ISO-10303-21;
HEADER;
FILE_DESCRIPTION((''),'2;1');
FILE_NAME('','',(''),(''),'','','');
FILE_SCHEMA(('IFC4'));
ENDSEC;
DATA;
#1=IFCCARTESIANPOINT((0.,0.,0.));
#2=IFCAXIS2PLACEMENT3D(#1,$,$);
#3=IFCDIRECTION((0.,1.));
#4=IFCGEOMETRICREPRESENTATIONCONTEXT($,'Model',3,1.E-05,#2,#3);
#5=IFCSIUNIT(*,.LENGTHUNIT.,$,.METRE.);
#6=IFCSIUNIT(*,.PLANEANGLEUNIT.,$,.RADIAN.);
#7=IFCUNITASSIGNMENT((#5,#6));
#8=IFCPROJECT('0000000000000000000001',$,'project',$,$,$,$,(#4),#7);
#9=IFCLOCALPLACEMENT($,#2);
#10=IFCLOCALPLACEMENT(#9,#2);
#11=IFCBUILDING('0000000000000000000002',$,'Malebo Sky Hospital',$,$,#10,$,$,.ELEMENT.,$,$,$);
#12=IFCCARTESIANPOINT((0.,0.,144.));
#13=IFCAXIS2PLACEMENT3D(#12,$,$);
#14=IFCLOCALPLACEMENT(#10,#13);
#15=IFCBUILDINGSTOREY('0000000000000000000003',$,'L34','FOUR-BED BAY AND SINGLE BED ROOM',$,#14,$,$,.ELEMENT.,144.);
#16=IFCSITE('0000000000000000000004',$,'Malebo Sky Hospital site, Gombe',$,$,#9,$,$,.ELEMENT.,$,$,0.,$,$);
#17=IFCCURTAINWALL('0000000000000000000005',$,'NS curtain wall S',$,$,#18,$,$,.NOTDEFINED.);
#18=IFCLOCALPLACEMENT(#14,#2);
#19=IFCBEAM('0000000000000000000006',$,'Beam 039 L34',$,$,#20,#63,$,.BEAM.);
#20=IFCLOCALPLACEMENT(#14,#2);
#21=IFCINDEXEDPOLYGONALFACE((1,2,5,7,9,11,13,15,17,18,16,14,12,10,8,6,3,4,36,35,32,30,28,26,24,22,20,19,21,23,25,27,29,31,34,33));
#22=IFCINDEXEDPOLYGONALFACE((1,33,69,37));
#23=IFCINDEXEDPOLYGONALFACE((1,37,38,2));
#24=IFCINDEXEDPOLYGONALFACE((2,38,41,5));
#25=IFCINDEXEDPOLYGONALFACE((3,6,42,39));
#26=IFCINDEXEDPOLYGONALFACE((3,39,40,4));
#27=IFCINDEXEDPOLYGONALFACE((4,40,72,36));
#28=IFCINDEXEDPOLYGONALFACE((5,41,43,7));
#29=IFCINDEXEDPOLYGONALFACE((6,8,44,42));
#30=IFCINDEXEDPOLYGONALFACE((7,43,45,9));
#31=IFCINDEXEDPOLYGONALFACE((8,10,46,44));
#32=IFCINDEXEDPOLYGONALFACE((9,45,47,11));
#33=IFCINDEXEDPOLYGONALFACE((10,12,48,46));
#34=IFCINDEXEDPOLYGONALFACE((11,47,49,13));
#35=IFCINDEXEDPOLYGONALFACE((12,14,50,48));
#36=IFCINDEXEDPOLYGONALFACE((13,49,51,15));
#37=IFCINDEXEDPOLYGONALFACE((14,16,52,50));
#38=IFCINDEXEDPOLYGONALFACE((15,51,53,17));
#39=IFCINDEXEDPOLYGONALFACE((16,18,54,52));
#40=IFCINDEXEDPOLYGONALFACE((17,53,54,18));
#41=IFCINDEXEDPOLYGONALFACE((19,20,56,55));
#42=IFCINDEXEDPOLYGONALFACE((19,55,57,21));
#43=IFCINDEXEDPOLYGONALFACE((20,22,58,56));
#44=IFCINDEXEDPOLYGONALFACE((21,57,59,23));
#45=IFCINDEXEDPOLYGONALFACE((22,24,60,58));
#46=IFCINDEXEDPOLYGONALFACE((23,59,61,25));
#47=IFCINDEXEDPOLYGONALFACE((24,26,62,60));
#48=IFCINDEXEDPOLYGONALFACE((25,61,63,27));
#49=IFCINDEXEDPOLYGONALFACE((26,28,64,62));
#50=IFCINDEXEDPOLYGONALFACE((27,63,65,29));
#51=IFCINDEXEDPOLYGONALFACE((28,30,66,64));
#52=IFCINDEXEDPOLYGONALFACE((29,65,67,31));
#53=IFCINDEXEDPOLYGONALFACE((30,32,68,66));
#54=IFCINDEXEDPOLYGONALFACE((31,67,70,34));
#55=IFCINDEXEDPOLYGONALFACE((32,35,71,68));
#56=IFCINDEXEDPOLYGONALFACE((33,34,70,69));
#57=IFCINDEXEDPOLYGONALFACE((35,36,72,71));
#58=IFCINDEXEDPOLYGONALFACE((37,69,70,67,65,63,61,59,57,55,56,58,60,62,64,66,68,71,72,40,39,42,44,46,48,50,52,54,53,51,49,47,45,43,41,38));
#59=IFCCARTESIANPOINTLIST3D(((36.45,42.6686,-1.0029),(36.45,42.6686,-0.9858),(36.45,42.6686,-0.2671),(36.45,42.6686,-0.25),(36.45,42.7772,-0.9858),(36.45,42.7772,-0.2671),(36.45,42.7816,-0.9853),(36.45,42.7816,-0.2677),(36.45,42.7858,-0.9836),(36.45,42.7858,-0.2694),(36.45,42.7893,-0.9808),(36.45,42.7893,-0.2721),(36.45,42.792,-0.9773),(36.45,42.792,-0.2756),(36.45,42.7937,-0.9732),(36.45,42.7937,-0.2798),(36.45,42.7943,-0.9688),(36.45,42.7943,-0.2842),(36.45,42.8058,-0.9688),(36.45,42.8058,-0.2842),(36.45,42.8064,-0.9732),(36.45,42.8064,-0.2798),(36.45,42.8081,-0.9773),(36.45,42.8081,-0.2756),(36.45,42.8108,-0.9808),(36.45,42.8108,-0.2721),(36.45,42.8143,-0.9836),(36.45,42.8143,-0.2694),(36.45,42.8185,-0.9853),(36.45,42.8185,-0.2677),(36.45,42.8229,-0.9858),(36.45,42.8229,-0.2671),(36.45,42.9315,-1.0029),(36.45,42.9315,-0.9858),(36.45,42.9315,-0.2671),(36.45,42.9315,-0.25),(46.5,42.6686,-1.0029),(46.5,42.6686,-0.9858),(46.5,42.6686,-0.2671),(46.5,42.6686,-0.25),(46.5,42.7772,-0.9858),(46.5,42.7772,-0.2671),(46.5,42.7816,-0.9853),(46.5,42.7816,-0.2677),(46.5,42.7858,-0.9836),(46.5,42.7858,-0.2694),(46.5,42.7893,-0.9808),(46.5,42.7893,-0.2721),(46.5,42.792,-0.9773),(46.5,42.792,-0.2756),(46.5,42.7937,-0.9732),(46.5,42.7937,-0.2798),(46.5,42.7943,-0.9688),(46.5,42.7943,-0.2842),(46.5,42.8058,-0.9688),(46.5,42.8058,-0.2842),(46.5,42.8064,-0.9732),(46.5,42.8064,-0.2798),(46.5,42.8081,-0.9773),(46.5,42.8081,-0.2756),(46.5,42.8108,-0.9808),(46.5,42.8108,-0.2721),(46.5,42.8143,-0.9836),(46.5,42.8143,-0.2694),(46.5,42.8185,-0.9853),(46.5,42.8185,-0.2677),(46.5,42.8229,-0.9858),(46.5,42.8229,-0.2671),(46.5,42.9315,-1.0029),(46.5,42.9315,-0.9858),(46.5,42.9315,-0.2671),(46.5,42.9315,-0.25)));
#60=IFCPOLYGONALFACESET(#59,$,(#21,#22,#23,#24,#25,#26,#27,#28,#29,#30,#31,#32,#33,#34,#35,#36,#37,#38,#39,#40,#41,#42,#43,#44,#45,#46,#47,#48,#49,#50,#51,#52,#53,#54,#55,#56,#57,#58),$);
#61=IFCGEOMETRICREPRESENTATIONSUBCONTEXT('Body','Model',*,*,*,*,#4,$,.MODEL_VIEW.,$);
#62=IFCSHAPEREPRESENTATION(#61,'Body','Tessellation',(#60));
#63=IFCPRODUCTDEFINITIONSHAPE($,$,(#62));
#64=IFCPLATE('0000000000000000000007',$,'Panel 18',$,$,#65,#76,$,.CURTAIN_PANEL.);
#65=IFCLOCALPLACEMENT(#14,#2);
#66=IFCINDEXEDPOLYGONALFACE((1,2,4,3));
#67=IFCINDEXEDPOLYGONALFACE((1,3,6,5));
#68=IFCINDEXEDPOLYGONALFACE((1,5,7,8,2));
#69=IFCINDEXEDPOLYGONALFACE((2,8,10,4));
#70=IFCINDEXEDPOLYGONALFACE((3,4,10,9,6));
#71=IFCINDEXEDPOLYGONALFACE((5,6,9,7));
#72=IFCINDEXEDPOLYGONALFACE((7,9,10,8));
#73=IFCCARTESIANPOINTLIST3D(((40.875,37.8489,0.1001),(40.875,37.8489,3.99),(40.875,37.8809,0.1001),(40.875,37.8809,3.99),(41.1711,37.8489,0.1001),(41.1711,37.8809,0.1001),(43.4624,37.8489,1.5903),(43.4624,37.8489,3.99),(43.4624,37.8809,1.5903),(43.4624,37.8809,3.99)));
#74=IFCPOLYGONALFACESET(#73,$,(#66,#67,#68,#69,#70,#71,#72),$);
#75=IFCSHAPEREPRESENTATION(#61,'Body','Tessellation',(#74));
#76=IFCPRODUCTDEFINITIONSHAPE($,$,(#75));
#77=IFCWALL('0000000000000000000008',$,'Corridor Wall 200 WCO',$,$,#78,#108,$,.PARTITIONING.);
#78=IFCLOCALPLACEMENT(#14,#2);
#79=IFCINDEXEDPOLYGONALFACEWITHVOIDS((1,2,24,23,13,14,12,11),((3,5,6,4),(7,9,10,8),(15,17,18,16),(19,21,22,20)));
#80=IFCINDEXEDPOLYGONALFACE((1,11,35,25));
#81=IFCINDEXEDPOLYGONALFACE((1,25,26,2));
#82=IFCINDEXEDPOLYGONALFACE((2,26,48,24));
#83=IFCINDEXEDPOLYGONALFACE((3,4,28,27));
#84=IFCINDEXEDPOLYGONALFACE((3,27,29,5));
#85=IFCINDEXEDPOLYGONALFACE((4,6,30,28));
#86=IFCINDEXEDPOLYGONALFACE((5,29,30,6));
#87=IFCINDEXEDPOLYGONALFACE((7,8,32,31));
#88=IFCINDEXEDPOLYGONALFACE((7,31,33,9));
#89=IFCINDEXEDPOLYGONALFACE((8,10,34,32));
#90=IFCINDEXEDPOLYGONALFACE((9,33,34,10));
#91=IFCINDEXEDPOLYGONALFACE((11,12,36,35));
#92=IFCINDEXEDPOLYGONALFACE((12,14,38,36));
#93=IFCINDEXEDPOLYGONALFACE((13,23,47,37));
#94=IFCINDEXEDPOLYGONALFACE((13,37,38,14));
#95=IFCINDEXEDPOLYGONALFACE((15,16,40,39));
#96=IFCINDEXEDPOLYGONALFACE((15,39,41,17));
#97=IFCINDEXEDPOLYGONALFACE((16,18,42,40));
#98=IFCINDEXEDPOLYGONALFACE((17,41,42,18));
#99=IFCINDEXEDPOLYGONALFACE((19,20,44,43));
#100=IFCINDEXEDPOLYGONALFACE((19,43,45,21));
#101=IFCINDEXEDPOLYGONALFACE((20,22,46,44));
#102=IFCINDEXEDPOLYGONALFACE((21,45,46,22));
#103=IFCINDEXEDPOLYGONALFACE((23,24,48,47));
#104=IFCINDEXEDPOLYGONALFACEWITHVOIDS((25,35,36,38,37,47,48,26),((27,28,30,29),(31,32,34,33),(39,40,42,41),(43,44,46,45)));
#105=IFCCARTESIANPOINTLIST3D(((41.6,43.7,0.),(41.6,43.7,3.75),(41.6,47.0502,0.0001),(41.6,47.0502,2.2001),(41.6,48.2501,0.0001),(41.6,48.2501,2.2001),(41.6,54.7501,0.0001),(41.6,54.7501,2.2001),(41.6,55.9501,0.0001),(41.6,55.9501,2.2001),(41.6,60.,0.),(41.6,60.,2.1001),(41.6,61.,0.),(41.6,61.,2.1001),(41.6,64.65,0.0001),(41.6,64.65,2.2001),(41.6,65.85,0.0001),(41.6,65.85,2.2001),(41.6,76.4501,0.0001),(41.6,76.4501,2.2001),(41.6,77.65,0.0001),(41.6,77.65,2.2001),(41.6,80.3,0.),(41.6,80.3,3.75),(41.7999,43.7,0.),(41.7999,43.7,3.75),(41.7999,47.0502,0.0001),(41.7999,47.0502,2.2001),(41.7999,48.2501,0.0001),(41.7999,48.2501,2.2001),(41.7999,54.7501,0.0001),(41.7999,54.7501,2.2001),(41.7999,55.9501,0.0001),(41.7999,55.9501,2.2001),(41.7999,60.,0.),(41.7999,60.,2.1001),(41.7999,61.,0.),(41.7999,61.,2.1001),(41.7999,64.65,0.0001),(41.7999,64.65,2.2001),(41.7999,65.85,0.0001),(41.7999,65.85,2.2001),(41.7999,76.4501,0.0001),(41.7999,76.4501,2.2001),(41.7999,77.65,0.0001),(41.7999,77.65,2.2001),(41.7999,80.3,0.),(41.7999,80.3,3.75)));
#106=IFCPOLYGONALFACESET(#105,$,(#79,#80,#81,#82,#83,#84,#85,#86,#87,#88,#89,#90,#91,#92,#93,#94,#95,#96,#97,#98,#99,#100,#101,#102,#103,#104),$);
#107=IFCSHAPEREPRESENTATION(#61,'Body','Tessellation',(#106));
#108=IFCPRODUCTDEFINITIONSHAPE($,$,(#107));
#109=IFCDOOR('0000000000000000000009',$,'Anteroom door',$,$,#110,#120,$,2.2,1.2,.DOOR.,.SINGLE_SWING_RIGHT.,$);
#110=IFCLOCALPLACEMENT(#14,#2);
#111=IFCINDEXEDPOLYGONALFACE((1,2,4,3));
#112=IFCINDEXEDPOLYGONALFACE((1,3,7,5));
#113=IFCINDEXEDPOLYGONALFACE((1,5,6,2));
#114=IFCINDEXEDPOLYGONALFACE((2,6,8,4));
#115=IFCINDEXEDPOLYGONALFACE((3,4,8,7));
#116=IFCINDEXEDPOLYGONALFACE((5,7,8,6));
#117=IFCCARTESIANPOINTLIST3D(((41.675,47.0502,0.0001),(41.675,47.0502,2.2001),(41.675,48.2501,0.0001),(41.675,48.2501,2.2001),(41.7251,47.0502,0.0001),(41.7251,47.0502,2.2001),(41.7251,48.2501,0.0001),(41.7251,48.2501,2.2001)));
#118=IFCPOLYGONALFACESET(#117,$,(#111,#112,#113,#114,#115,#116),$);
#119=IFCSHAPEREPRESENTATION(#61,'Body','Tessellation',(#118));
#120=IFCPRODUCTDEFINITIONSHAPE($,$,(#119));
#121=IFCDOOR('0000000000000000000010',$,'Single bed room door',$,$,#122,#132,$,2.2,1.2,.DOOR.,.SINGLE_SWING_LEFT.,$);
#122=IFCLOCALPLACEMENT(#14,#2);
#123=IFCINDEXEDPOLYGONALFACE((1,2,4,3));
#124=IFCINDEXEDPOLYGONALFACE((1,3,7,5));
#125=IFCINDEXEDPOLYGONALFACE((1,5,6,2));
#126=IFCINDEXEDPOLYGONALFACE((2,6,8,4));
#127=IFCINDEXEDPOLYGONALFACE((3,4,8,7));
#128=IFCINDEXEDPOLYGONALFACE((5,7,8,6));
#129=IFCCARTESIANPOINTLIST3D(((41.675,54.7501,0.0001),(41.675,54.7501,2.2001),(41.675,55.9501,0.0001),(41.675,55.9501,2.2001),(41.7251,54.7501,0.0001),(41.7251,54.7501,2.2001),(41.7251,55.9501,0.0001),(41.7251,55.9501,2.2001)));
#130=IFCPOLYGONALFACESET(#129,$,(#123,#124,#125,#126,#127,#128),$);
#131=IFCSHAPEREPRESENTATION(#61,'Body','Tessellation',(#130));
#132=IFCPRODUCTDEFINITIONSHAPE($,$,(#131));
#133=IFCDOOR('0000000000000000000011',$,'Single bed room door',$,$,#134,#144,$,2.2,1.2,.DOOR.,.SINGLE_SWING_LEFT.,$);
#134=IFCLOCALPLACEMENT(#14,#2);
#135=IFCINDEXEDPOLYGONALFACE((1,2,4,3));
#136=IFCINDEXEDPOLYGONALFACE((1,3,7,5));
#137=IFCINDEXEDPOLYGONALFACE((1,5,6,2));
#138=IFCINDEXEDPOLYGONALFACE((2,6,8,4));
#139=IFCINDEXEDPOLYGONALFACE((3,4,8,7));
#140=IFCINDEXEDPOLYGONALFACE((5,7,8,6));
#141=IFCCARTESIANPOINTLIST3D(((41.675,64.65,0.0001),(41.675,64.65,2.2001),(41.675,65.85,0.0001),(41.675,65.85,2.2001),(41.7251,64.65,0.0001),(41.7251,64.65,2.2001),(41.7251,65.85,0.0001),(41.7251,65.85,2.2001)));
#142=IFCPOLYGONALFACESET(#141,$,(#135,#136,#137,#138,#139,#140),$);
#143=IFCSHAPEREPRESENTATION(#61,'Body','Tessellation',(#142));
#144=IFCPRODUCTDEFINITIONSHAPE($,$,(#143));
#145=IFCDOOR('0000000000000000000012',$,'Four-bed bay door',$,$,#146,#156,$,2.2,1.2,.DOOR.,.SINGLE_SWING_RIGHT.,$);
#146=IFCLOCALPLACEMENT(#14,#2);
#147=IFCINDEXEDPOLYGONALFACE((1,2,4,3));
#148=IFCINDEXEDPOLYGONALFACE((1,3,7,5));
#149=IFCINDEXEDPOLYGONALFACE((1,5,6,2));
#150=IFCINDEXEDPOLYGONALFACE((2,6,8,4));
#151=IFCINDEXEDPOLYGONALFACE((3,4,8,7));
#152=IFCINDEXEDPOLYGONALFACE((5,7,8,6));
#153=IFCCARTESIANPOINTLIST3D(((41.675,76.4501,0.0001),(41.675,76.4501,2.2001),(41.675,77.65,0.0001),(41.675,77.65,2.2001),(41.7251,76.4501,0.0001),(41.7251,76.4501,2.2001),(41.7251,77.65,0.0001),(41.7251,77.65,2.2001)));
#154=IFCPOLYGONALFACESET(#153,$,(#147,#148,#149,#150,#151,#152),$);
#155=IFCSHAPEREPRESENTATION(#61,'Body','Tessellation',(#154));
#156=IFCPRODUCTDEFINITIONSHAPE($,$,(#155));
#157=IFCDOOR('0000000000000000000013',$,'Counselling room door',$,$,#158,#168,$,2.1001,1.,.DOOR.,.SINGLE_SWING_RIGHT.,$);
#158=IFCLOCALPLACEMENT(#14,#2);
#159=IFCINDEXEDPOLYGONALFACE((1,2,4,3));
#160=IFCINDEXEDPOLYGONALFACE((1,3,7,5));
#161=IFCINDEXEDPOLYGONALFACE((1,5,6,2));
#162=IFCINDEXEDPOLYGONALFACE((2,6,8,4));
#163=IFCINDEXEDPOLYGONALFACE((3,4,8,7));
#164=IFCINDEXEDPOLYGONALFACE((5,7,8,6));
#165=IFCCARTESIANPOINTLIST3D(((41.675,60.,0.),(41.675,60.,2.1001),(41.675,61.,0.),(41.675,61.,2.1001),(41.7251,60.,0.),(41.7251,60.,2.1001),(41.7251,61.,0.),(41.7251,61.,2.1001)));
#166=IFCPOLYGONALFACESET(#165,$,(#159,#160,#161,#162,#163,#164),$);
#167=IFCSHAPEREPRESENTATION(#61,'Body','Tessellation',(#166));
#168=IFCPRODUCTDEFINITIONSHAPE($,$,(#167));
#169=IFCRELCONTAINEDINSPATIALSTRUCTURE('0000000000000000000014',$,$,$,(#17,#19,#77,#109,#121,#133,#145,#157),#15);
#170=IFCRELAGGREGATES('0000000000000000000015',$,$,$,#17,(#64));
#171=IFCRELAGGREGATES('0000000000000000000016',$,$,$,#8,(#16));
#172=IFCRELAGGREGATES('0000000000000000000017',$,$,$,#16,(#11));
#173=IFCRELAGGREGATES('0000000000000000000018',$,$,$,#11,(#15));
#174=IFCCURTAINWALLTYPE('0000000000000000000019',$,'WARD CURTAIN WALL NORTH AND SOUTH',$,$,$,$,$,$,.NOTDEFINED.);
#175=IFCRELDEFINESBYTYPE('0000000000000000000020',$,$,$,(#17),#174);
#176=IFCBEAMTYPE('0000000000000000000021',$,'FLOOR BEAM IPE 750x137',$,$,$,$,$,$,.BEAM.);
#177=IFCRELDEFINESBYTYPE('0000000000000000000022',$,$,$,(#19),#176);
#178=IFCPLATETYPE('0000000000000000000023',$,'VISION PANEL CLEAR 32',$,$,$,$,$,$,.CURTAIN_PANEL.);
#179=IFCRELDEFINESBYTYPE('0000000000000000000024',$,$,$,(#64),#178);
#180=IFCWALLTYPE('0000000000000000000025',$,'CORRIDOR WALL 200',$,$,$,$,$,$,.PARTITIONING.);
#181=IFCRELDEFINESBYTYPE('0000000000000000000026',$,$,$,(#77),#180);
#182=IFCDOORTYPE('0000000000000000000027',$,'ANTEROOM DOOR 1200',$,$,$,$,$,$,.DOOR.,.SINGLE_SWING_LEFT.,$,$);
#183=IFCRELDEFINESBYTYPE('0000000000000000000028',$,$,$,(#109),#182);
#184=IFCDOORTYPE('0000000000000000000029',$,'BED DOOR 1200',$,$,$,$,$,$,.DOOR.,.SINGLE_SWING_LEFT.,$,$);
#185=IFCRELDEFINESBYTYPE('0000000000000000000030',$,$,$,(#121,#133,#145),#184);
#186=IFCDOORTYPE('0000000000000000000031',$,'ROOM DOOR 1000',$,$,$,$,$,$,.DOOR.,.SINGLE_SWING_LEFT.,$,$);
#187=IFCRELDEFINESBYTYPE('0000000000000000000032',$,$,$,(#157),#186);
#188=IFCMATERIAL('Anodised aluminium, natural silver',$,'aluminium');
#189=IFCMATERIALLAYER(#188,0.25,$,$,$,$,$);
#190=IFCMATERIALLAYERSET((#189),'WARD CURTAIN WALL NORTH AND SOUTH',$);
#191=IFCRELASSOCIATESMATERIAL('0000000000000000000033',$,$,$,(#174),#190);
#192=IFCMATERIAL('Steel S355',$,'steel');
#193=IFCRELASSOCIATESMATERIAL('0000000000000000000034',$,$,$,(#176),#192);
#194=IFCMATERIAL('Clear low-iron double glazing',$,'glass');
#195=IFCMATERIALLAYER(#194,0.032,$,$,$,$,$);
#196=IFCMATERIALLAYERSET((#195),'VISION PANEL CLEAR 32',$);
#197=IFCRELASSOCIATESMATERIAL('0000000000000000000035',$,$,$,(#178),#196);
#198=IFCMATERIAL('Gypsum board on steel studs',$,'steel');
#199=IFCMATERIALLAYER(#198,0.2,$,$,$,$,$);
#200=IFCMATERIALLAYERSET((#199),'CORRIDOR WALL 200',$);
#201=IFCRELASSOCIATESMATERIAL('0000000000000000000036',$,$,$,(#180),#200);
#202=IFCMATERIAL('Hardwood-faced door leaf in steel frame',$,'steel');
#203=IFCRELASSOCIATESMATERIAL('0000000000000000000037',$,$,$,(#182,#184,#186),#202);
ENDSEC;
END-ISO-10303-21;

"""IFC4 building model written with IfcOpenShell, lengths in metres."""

from ifc_helpers import new_model, si_unit, direction, frame, frame_2d, origin, origin_2d, place, context, subcontext, project, spatial, polyline, rectangle, i_section, outline, extrude, material, layer, layer_set, material_profile, profile_set, type_object, element, fill, aggregate, save


model = new_model("IFC4")

# Units and contexts
model_context = context("Model", 3, precision=1e-05, world=origin(), true_north=direction((0.0, 1.0)))
body_context = subcontext(model_context, "Body", "Model", "MODEL_VIEW")
ifc_project = project(units=[si_unit("LENGTHUNIT", "METRE"), si_unit("PLANEANGLEUNIT", "RADIAN")], contexts=[model_context])

# Site, building, storey
site_placement = place(None, origin())
site = spatial("IfcSite", under=ifc_project, at=site_placement, Name="Malebo Sky Hospital site, Gombe", CompositionType="ELEMENT", RefElevation=0.0)
building_placement = place(site_placement, origin())
building = spatial("IfcBuilding", under=site, at=building_placement, Name="Malebo Sky Hospital", CompositionType="ELEMENT")
storey_placement = place(building_placement, frame((0.0, 0.0, 144.0)))
storey = spatial("IfcBuildingStorey", under=building, at=storey_placement, Name="L34", Description="FOUR-BED BAY AND SINGLE BED ROOM", CompositionType="ELEMENT", Elevation=144.0)

# Curtain wall
ifc_material_1 = material(Name="Anodised aluminium, natural silver", Category="aluminium")
ifc_layer_1 = layer(ifc_material_1, 0.25)
ifc_layer_set_1 = layer_set([ifc_layer_1], Name="WARD CURTAIN WALL NORTH AND SOUTH")
curtain_wall_type = type_object("IfcCurtainWallType", Name="WARD CURTAIN WALL NORTH AND SOUTH", PredefinedType="NOTDEFINED", material=ifc_layer_set_1)
curtain_wall_placement = place(storey_placement, origin())
curtain_wall = element("IfcCurtainWall", 1, at=curtain_wall_placement, inside=storey, type_object=curtain_wall_type, Name="NS curtain wall S", PredefinedType="NOTDEFINED")

# Shared definitions
ifc_material_2 = material(Name="Steel S355", Category="steel")

# Beam
ifc_material_profile_1 = material_profile(ifc_material_2, i_section(OverallWidth=0.2629, OverallDepth=0.7529, WebThickness=0.0115, FlangeThickness=0.0171, FilletRadius=0.0171, at=origin_2d()), Name="IPE 750x137")
ifc_profile_set_1 = profile_set([ifc_material_profile_1], Name="Steel S355")
beam_type_1 = type_object("IfcBeamType", Name="FLOOR BEAM IPE 750x137", PredefinedType="BEAM", material=ifc_profile_set_1)
for number, where, z_axis, x_axis, name in (
    (2, (36.45, 42.8, -0.6265), (1.0, 0.0, 0.0), (0.0, 1.0, 0.0), "Beam 039 L34"),
):
    element("IfcBeam", number, at=place(storey_placement, frame(where, z_axis=z_axis, x_axis=x_axis)), inside=storey, type_object=beam_type_1, Name=name, PredefinedType="BEAM", context=body_context, shape_type="SweptSolid", body=[
        extrude(i_section(OverallWidth=0.2629, OverallDepth=0.7529, WebThickness=0.0115, FlangeThickness=0.0171, FilletRadius=0.0171, at=origin_2d()), origin(), (0.0, 0.0, 1.0), 10.05),
    ])

# Plate
ifc_material_3 = material(Name="Clear low-iron double glazing", Category="glass")
ifc_layer_2 = layer(ifc_material_3, 0.032)
ifc_layer_set_2 = layer_set([ifc_layer_2], Name="VISION PANEL CLEAR 32")
plate_type = type_object("IfcPlateType", Name="VISION PANEL CLEAR 32", PredefinedType="CURTAIN_PANEL", material=ifc_layer_set_2)
plate_placement = place(storey_placement, frame((42.1687, 37.865, 0.1001), z_axis=(0.0, 0.0, 1.0), x_axis=(-1.0, 0.0, 0.0)))
plate = element("IfcPlate", 3, at=plate_placement, type_object=plate_type, Name="Panel 18", PredefinedType="CURTAIN_PANEL", context=body_context, shape_type="SweptSolid", body=[
    extrude(outline(polyline([(0.9976, 0.0), (1.2937, 0.0), (1.2937, 3.8899), (-1.2937, 3.8899), (-1.2937, 1.4902), (0.9976, 0.0)])), frame((0.0, 0.0161, 0.0), z_axis=(0.0, -1.0, 0.0), x_axis=(1.0, 0.0, 0.0)), (0.0, 0.0, 1.0), 0.032),
])
aggregate(curtain_wall, [plate])

# Wall, openings, doors
ifc_material_4 = material(Name="Gypsum board on steel studs", Category="steel")
ifc_layer_3 = layer(ifc_material_4, 0.2)
ifc_layer_set_3 = layer_set([ifc_layer_3], Name="CORRIDOR WALL 200")
wall_type_1 = type_object("IfcWallType", Name="CORRIDOR WALL 200", PredefinedType="PARTITIONING", material=ifc_layer_set_3)
wall_1_placement = place(storey_placement, frame((41.7, 43.7, 0.0), z_axis=(0.0, 0.0, 1.0), x_axis=(0.0, 1.0, 0.0)))
wall_1 = element("IfcWall", 4, at=wall_1_placement, inside=storey, type_object=wall_type_1, Name="Corridor Wall 200 WCO", PredefinedType="PARTITIONING", context=body_context, shape_type="SweptSolid", body=[
    extrude(rectangle(XDim=36.6001, YDim=0.2, at=frame_2d((18.3, 0.0))), origin(), (0.0, 0.0, 1.0), 3.75),
])
opening_1_placement = place(wall_1_placement, frame((3.3501, 0.0, 0.0)))
opening_1 = element("IfcOpeningElement", 5, at=opening_1_placement, cuts=wall_1, PredefinedType="OPENING", context=body_context, shape_type="SweptSolid", body=[
    extrude(rectangle(XDim=1.2, YDim=2.2, at=frame_2d((0.6001, 1.1001))), frame((0.0, 0.1099, 0.0), z_axis=(0.0, -1.0, 0.0), x_axis=(1.0, 0.0, 0.0)), (0.0, 0.0, 1.0), 0.22),
])
opening_2_placement = place(wall_1_placement, frame((11.05, 0.0, 0.0)))
opening_2 = element("IfcOpeningElement", 6, at=opening_2_placement, cuts=wall_1, PredefinedType="OPENING", context=body_context, shape_type="SweptSolid", body=[
    extrude(rectangle(XDim=1.2, YDim=2.2, at=frame_2d((0.6001, 1.1001))), frame((0.0, 0.1099, 0.0), z_axis=(0.0, -1.0, 0.0), x_axis=(1.0, 0.0, 0.0)), (0.0, 0.0, 1.0), 0.22),
])
opening_3_placement = place(wall_1_placement, frame((16.3, 0.0, 0.0)))
opening_3 = element("IfcOpeningElement", 7, at=opening_3_placement, cuts=wall_1, PredefinedType="OPENING", context=body_context, shape_type="SweptSolid", body=[
    extrude(rectangle(XDim=1.0, YDim=2.1001, at=frame_2d((0.5, 1.05))), frame((0.0, 0.1099, 0.0), z_axis=(0.0, -1.0, 0.0), x_axis=(1.0, 0.0, 0.0)), (0.0, 0.0, 1.0), 0.22),
])
opening_4_placement = place(wall_1_placement, frame((20.95, 0.0, 0.0)))
opening_4 = element("IfcOpeningElement", 8, at=opening_4_placement, cuts=wall_1, PredefinedType="OPENING", context=body_context, shape_type="SweptSolid", body=[
    extrude(rectangle(XDim=1.2, YDim=2.2, at=frame_2d((0.6001, 1.1001))), frame((0.0, 0.1099, 0.0), z_axis=(0.0, -1.0, 0.0), x_axis=(1.0, 0.0, 0.0)), (0.0, 0.0, 1.0), 0.22),
])
opening_5_placement = place(wall_1_placement, frame((32.75, 0.0, 0.0)))
opening_5 = element("IfcOpeningElement", 9, at=opening_5_placement, cuts=wall_1, PredefinedType="OPENING", context=body_context, shape_type="SweptSolid", body=[
    extrude(rectangle(XDim=1.2, YDim=2.2, at=frame_2d((0.6001, 1.1001))), frame((0.0, 0.1099, 0.0), z_axis=(0.0, -1.0, 0.0), x_axis=(1.0, 0.0, 0.0)), (0.0, 0.0, 1.0), 0.22),
])
ifc_material_5 = material(Name="Hardwood-faced door leaf in steel frame", Category="steel")
door_type_1 = type_object("IfcDoorType", Name="ANTEROOM DOOR 1200", OperationType="SINGLE_SWING_LEFT", PredefinedType="DOOR", material=ifc_material_5)
door_1_placement = place(opening_1_placement, origin())
door_1 = element("IfcDoor", 10, at=door_1_placement, inside=storey, type_object=door_type_1, Name="Anteroom door", OperationType="SINGLE_SWING_RIGHT", OverallHeight=2.2, OverallWidth=1.2, PredefinedType="DOOR", context=body_context, shape_type="SweptSolid", body=[
    extrude(rectangle(XDim=1.2, YDim=2.2, at=frame_2d((0.6001, 1.1001))), frame((0.0, 0.0249, 0.0), z_axis=(0.0, -1.0, 0.0), x_axis=(1.0, 0.0, 0.0)), (0.0, 0.0, 1.0), 0.05),
])
fill(opening_1, door_1)
door_type_2 = type_object("IfcDoorType", Name="BED DOOR 1200", OperationType="SINGLE_SWING_LEFT", PredefinedType="DOOR", material=ifc_material_5)
door_2_placement = place(opening_2_placement, origin())
door_2 = element("IfcDoor", 11, at=door_2_placement, inside=storey, type_object=door_type_2, Name="Single bed room door", OperationType="SINGLE_SWING_LEFT", OverallHeight=2.2, OverallWidth=1.2, PredefinedType="DOOR", context=body_context, shape_type="SweptSolid", body=[
    extrude(rectangle(XDim=1.2, YDim=2.2, at=frame_2d((0.6001, 1.1001))), frame((0.0, 0.0249, 0.0), z_axis=(0.0, -1.0, 0.0), x_axis=(1.0, 0.0, 0.0)), (0.0, 0.0, 1.0), 0.05),
])
fill(opening_2, door_2)
door_3_placement = place(opening_4_placement, origin())
door_3 = element("IfcDoor", 12, at=door_3_placement, inside=storey, type_object=door_type_2, Name="Single bed room door", OperationType="SINGLE_SWING_LEFT", OverallHeight=2.2, OverallWidth=1.2, PredefinedType="DOOR", context=body_context, shape_type="SweptSolid", body=[
    extrude(rectangle(XDim=1.2, YDim=2.2, at=frame_2d((0.6001, 1.1001))), frame((0.0, 0.0249, 0.0), z_axis=(0.0, -1.0, 0.0), x_axis=(1.0, 0.0, 0.0)), (0.0, 0.0, 1.0), 0.05),
])
fill(opening_4, door_3)
door_4_placement = place(opening_5_placement, origin())
door_4 = element("IfcDoor", 13, at=door_4_placement, inside=storey, type_object=door_type_2, Name="Four-bed bay door", OperationType="SINGLE_SWING_RIGHT", OverallHeight=2.2, OverallWidth=1.2, PredefinedType="DOOR", context=body_context, shape_type="SweptSolid", body=[
    extrude(rectangle(XDim=1.2, YDim=2.2, at=frame_2d((0.6001, 1.1001))), frame((0.0, 0.0249, 0.0), z_axis=(0.0, -1.0, 0.0), x_axis=(1.0, 0.0, 0.0)), (0.0, 0.0, 1.0), 0.05),
])
fill(opening_5, door_4)
door_type_3 = type_object("IfcDoorType", Name="ROOM DOOR 1000", OperationType="SINGLE_SWING_LEFT", PredefinedType="DOOR", material=ifc_material_5)
door_5_placement = place(opening_3_placement, origin())
door_5 = element("IfcDoor", 14, at=door_5_placement, inside=storey, type_object=door_type_3, Name="Counselling room door", OperationType="SINGLE_SWING_RIGHT", OverallHeight=2.1001, OverallWidth=1.0, PredefinedType="DOOR", context=body_context, shape_type="SweptSolid", body=[
    extrude(rectangle(XDim=1.0, YDim=2.1001, at=frame_2d((0.5, 1.05))), frame((0.0, 0.0249, 0.0), z_axis=(0.0, -1.0, 0.0), x_axis=(1.0, 0.0, 0.0)), (0.0, 0.0, 1.0), 0.05),
])
fill(opening_3, door_5)

save(model, "model.ifc")
